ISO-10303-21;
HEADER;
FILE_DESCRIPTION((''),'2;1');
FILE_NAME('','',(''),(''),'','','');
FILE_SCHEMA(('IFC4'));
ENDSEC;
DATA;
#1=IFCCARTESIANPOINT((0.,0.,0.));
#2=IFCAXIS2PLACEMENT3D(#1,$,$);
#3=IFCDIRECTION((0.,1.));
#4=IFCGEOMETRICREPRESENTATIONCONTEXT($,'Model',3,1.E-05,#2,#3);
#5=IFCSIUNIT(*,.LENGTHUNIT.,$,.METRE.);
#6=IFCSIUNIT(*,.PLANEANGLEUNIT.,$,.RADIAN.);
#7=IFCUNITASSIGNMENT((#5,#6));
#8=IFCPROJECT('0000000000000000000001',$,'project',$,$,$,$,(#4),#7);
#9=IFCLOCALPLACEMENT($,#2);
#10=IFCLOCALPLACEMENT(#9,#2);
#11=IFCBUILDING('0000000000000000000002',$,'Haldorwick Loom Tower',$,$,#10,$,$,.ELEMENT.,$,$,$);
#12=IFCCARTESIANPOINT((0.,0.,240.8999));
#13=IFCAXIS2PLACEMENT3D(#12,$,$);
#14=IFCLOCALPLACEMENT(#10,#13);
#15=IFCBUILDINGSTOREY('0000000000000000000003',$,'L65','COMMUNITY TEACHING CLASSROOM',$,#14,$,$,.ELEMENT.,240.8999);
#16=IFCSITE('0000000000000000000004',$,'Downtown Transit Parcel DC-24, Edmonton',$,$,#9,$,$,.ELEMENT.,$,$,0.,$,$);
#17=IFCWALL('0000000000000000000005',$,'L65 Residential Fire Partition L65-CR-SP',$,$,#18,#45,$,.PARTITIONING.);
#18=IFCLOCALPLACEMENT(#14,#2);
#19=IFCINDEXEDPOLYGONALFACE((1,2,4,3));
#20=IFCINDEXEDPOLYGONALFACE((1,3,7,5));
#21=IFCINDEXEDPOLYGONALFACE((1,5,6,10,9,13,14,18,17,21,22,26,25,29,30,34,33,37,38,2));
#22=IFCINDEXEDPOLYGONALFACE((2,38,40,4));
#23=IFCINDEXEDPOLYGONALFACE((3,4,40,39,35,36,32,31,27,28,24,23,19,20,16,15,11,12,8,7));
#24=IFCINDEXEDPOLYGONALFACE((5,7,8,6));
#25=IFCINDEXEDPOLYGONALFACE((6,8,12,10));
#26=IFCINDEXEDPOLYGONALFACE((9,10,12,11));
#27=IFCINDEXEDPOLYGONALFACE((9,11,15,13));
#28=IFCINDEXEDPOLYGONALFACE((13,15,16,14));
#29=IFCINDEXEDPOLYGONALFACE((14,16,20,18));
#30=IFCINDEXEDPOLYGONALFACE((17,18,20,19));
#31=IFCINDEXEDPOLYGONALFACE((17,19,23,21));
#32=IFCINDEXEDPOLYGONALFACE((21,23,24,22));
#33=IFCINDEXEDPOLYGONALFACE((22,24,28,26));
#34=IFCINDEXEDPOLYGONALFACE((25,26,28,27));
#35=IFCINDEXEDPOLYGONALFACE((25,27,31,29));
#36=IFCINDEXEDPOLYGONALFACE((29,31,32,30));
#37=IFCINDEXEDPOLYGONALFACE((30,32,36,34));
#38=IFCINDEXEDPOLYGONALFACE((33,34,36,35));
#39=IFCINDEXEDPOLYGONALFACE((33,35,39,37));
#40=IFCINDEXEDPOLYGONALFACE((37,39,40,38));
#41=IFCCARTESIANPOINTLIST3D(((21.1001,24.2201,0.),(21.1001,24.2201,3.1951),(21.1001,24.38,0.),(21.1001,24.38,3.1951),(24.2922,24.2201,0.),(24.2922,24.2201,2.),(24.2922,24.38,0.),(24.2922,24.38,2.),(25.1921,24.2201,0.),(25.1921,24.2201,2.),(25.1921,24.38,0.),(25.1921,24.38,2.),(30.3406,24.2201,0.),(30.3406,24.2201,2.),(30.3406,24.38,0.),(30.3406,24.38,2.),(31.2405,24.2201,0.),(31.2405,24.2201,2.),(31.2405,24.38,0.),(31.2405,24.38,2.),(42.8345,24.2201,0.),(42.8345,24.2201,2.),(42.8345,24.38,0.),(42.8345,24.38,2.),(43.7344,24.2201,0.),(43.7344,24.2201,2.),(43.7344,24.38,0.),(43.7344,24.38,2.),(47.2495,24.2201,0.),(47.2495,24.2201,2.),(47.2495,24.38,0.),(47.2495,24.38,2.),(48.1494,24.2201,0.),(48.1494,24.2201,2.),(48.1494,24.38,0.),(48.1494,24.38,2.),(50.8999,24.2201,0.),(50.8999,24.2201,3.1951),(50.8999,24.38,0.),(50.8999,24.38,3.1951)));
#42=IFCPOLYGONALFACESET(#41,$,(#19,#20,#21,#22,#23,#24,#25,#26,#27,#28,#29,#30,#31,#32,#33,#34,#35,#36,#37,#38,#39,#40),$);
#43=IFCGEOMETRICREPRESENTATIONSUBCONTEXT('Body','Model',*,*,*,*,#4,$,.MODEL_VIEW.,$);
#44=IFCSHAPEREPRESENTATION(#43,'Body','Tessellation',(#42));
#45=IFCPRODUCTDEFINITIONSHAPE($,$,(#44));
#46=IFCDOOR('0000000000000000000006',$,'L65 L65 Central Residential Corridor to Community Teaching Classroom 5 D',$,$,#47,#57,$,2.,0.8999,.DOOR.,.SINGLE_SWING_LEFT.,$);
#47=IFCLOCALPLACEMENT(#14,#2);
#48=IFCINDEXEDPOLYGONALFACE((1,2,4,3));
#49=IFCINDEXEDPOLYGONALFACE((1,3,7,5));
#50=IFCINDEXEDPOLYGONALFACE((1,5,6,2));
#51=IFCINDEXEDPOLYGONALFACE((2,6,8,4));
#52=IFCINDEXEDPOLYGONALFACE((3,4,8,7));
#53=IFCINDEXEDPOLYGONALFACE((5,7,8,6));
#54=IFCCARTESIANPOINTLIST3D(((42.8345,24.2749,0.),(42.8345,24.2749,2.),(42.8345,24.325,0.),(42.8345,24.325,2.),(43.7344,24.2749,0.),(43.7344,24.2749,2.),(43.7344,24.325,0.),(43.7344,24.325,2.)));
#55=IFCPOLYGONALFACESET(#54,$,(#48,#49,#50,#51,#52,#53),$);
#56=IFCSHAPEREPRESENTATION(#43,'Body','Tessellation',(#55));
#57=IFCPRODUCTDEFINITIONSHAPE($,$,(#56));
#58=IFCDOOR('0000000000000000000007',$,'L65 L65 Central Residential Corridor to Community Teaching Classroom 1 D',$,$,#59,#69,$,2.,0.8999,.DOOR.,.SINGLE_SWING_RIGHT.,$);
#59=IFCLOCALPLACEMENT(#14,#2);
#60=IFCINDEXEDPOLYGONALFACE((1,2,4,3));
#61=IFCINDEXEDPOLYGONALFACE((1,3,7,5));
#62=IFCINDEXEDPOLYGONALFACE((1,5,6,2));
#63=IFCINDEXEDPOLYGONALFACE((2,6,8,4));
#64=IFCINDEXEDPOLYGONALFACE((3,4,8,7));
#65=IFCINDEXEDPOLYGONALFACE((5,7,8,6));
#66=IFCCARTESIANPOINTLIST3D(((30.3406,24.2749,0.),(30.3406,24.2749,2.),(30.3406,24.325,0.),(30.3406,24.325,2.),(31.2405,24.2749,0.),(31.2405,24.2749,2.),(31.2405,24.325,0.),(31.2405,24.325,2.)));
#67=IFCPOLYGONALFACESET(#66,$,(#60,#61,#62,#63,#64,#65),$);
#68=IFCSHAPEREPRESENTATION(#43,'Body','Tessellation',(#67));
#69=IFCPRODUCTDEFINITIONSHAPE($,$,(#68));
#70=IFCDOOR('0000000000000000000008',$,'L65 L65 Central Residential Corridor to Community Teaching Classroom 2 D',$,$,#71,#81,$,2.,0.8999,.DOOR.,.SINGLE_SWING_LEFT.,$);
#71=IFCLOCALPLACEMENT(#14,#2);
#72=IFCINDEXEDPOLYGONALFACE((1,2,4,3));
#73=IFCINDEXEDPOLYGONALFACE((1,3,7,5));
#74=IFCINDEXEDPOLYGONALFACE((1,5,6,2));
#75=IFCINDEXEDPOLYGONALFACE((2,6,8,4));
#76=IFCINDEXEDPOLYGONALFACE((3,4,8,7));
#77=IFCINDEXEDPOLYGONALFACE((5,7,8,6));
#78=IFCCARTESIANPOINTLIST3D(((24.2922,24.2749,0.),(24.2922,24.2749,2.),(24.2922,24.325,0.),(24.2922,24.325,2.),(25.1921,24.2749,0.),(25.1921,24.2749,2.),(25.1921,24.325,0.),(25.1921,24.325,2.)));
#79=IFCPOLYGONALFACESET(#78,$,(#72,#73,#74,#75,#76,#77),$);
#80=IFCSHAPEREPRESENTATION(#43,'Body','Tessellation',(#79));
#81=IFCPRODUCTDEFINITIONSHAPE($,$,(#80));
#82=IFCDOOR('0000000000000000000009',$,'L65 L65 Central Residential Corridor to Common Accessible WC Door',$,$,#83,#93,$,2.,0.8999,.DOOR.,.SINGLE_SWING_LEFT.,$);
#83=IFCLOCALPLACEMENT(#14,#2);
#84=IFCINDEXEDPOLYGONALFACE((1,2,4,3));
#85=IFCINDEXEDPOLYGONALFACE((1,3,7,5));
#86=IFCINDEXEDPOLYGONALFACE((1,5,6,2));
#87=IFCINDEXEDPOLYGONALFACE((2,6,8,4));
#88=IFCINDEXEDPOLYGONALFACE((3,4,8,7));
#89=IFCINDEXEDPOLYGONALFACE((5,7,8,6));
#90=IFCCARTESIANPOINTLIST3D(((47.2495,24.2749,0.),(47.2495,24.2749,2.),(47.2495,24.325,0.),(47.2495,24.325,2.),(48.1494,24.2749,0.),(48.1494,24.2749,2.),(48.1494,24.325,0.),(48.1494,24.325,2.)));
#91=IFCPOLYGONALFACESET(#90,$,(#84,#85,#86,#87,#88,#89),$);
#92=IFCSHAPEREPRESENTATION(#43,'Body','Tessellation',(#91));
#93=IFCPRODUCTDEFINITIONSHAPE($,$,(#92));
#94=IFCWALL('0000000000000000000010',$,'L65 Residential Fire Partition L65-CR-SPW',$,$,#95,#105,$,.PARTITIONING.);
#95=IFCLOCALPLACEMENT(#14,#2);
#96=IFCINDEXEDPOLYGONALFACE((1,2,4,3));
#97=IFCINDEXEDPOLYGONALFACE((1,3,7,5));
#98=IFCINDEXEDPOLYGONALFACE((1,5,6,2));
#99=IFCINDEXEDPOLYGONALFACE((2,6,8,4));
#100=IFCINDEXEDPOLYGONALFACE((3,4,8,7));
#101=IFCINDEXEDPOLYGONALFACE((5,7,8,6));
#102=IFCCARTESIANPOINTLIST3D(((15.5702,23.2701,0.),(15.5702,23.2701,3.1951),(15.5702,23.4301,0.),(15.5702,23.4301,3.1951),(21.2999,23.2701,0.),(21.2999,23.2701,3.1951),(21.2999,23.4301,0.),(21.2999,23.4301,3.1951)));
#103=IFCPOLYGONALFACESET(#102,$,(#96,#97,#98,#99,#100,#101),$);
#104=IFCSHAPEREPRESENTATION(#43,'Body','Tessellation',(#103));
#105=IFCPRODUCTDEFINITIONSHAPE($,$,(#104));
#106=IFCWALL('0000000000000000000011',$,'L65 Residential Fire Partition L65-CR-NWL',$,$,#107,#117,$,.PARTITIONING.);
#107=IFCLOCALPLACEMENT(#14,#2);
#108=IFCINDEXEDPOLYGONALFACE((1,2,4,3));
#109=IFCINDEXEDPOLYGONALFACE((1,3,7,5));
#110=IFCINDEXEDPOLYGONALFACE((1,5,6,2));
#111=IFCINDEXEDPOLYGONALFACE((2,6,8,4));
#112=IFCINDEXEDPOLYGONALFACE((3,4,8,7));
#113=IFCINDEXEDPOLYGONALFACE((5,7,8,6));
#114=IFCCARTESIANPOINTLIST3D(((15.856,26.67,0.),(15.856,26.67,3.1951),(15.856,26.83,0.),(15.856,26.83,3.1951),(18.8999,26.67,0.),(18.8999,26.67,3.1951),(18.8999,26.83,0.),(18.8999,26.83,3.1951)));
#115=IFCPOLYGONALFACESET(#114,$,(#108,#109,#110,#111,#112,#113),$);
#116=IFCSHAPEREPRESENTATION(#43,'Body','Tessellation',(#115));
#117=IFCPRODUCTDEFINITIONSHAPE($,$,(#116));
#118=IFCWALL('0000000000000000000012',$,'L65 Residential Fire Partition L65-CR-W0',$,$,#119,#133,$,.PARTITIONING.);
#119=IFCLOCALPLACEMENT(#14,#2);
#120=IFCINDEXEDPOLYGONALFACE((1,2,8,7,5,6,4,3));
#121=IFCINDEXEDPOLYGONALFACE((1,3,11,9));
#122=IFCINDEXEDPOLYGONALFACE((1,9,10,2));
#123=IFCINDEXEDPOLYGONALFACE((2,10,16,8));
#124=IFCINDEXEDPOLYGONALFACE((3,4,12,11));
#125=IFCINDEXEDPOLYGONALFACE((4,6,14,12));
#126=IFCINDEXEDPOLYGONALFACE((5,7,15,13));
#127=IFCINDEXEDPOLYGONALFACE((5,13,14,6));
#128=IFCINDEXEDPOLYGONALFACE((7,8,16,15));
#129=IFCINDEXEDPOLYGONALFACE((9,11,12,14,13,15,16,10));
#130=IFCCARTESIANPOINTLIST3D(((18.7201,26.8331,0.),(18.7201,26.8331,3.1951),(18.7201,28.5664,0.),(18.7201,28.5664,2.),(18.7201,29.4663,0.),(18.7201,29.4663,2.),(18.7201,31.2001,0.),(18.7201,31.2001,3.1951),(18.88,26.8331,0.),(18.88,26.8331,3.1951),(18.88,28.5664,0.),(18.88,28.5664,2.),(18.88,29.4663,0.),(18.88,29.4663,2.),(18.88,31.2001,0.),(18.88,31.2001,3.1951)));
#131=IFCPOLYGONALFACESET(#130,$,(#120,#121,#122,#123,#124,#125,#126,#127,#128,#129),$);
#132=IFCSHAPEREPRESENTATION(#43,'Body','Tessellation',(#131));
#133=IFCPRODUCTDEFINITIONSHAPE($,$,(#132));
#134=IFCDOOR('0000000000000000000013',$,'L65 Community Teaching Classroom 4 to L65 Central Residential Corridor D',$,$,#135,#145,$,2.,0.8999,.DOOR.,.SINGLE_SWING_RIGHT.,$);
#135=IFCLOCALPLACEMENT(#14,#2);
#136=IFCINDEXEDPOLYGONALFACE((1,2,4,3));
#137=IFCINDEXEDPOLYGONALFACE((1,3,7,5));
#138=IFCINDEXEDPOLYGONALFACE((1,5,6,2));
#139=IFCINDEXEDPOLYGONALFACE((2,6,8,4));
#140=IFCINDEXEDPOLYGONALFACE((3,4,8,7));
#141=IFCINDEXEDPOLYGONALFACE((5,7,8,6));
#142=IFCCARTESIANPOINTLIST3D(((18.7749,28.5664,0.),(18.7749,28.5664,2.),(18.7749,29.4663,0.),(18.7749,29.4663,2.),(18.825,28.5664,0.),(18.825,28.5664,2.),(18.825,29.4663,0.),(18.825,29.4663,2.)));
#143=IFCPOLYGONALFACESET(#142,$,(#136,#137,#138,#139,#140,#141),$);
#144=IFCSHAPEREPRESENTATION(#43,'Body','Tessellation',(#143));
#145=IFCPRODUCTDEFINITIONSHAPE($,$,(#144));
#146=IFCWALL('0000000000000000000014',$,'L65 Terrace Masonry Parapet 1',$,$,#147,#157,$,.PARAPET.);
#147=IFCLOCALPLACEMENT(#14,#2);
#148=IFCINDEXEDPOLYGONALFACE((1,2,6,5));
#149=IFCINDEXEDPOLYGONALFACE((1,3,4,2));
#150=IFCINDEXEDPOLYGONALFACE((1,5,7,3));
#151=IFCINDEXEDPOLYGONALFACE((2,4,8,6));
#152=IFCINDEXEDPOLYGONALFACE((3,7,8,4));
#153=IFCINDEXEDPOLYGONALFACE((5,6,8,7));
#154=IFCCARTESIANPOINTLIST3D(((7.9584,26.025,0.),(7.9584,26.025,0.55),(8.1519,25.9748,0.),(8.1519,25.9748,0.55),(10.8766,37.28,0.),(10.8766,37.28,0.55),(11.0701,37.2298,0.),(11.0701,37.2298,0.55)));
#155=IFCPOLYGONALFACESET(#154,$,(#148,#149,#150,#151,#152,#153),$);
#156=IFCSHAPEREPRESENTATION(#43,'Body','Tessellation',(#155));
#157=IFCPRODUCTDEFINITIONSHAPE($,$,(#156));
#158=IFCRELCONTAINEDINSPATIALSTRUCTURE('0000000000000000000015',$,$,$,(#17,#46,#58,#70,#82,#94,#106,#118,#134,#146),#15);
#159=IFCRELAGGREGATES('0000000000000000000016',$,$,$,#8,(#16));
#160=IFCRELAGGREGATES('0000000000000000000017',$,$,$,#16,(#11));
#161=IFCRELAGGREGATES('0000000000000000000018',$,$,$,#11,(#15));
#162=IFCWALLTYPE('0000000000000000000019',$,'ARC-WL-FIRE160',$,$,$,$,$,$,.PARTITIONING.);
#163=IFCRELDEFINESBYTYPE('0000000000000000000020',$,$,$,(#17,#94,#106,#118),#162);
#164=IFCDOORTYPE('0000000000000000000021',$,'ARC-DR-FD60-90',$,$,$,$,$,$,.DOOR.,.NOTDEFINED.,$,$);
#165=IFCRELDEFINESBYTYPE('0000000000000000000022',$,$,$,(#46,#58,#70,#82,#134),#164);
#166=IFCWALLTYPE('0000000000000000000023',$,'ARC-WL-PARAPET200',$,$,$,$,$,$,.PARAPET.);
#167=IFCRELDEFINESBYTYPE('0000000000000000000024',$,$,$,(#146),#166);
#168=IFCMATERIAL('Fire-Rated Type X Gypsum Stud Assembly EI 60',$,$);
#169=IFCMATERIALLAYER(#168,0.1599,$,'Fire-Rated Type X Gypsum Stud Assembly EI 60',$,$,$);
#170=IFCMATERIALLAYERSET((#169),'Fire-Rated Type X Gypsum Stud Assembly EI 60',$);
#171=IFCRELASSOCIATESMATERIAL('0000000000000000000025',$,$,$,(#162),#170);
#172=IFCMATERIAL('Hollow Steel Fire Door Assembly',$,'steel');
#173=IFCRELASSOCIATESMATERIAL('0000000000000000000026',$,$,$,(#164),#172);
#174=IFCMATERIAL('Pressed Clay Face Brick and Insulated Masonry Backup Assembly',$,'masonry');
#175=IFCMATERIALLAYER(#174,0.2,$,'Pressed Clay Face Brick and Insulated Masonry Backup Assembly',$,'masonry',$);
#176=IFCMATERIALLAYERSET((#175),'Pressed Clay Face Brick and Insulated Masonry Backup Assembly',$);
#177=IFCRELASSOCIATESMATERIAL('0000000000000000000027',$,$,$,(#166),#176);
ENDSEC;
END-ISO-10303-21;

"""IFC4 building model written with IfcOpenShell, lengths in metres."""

from ifc_helpers import new_model, si_unit, direction, frame, frame_2d, origin, place, context, subcontext, project, spatial, rectangle, extrude, material, layer, layer_set, type_object, element, fill, save


model = new_model("IFC4")

# Units and contexts
model_context = context("Model", 3, precision=1e-05, world=origin(), true_north=direction((0.0, 1.0)))
body_context = subcontext(model_context, "Body", "Model", "MODEL_VIEW")
ifc_project = project(units=[si_unit("LENGTHUNIT", "METRE"), si_unit("PLANEANGLEUNIT", "RADIAN")], contexts=[model_context])

# Site, building, storey
site_placement = place(None, origin())
site = spatial("IfcSite", under=ifc_project, at=site_placement, Name="Downtown Transit Parcel DC-24, Edmonton", CompositionType="ELEMENT", RefElevation=0.0)
building_placement = place(site_placement, origin())
building = spatial("IfcBuilding", under=site, at=building_placement, Name="Haldorwick Loom Tower", CompositionType="ELEMENT")
storey_placement = place(building_placement, frame((0.0, 0.0, 240.8999)))
storey = spatial("IfcBuildingStorey", under=building, at=storey_placement, Name="L65", Description="COMMUNITY TEACHING CLASSROOM", CompositionType="ELEMENT", Elevation=240.8999)

# Shared definitions
ifc_material_1 = material(Name="Pressed Clay Face Brick and Insulated Masonry Backup Assembly", Category="masonry")

# Wall, openings, doors
ifc_material_2 = material(Name="Fire-Rated Type X Gypsum Stud Assembly EI 60")
ifc_layer_1 = layer(ifc_material_2, 0.1599, Name="Fire-Rated Type X Gypsum Stud Assembly EI 60")
ifc_layer_set_1 = layer_set([ifc_layer_1], Name="Fire-Rated Type X Gypsum Stud Assembly EI 60")
wall_type_1 = type_object("IfcWallType", Name="ARC-WL-FIRE160", PredefinedType="PARTITIONING", material=ifc_layer_set_1)
wall_1_placement = place(storey_placement, frame((21.1001, 24.3, 0.0), z_axis=(0.0, 0.0, 1.0), x_axis=(1.0, 0.0, 0.0)))
wall_1 = element("IfcWall", 1, at=wall_1_placement, inside=storey, type_object=wall_type_1, Name="L65 Residential Fire Partition L65-CR-SP", PredefinedType="PARTITIONING", context=body_context, shape_type="SweptSolid", body=[
    extrude(rectangle(XDim=29.7998, YDim=0.1599, at=frame_2d((14.8999, 0.0))), origin(), (0.0, 0.0, 1.0), 3.1951),
])
opening_1_placement = place(wall_1_placement, frame((21.7344, 0.0, 0.0)))
opening_1 = element("IfcOpeningElement", 2, at=opening_1_placement, cuts=wall_1, PredefinedType="OPENING", context=body_context, shape_type="SweptSolid", body=[
    extrude(rectangle(XDim=0.8999, YDim=2.0, at=frame_2d((0.45, 1.0))), frame((0.0, 0.0898, 0.0), z_axis=(0.0, -1.0, 0.0), x_axis=(1.0, 0.0, 0.0)), (0.0, 0.0, 1.0), 0.1799),
])
opening_2_placement = place(wall_1_placement, frame((9.2405, 0.0, 0.0)))
opening_2 = element("IfcOpeningElement", 3, at=opening_2_placement, cuts=wall_1, PredefinedType="OPENING", context=body_context, shape_type="SweptSolid", body=[
    extrude(rectangle(XDim=0.8999, YDim=2.0, at=frame_2d((0.45, 1.0))), frame((0.0, 0.0898, 0.0), z_axis=(0.0, -1.0, 0.0), x_axis=(1.0, 0.0, 0.0)), (0.0, 0.0, 1.0), 0.1799),
])
opening_3_placement = place(wall_1_placement, frame((3.1921, 0.0, 0.0)))
opening_3 = element("IfcOpeningElement", 4, at=opening_3_placement, cuts=wall_1, PredefinedType="OPENING", context=body_context, shape_type="SweptSolid", body=[
    extrude(rectangle(XDim=0.8999, YDim=2.0, at=frame_2d((0.45, 1.0))), frame((0.0, 0.0898, 0.0), z_axis=(0.0, -1.0, 0.0), x_axis=(1.0, 0.0, 0.0)), (0.0, 0.0, 1.0), 0.1799),
])
opening_4_placement = place(wall_1_placement, frame((26.1494, 0.0, 0.0)))
opening_4 = element("IfcOpeningElement", 5, at=opening_4_placement, cuts=wall_1, PredefinedType="OPENING", context=body_context, shape_type="SweptSolid", body=[
    extrude(rectangle(XDim=0.8999, YDim=2.0, at=frame_2d((0.45, 1.0))), frame((0.0, 0.0898, 0.0), z_axis=(0.0, -1.0, 0.0), x_axis=(1.0, 0.0, 0.0)), (0.0, 0.0, 1.0), 0.1799),
])
ifc_material_3 = material(Name="Hollow Steel Fire Door Assembly", Category="steel")
door_type = type_object("IfcDoorType", Name="ARC-DR-FD60-90", OperationType="NOTDEFINED", PredefinedType="DOOR", material=ifc_material_3)
door_1_placement = place(opening_1_placement, origin())
door_1 = element("IfcDoor", 6, at=door_1_placement, inside=storey, type_object=door_type, Name="L65 L65 Central Residential Corridor to Community Teaching Classroom 5 D", OperationType="SINGLE_SWING_LEFT", OverallHeight=2.0, OverallWidth=0.8999, PredefinedType="DOOR", context=body_context, shape_type="SweptSolid", body=[
    extrude(rectangle(XDim=0.8999, YDim=2.0, at=frame_2d((0.45, 1.0))), frame((0.0, 0.0249, 0.0), z_axis=(0.0, -1.0, 0.0), x_axis=(1.0, 0.0, 0.0)), (0.0, 0.0, 1.0), 0.05),
])
fill(opening_1, door_1)
door_2_placement = place(opening_2_placement, origin())
door_2 = element("IfcDoor", 7, at=door_2_placement, inside=storey, type_object=door_type, Name="L65 L65 Central Residential Corridor to Community Teaching Classroom 1 D", OperationType="SINGLE_SWING_RIGHT", OverallHeight=2.0, OverallWidth=0.8999, PredefinedType="DOOR", context=body_context, shape_type="SweptSolid", body=[
    extrude(rectangle(XDim=0.8999, YDim=2.0, at=frame_2d((0.45, 1.0))), frame((0.0, 0.0249, 0.0), z_axis=(0.0, -1.0, 0.0), x_axis=(1.0, 0.0, 0.0)), (0.0, 0.0, 1.0), 0.05),
])
fill(opening_2, door_2)
door_3_placement = place(opening_3_placement, origin())
door_3 = element("IfcDoor", 8, at=door_3_placement, inside=storey, type_object=door_type, Name="L65 L65 Central Residential Corridor to Community Teaching Classroom 2 D", OperationType="SINGLE_SWING_LEFT", OverallHeight=2.0, OverallWidth=0.8999, PredefinedType="DOOR", context=body_context, shape_type="SweptSolid", body=[
    extrude(rectangle(XDim=0.8999, YDim=2.0, at=frame_2d((0.45, 1.0))), frame((0.0, 0.0249, 0.0), z_axis=(0.0, -1.0, 0.0), x_axis=(1.0, 0.0, 0.0)), (0.0, 0.0, 1.0), 0.05),
])
fill(opening_3, door_3)
door_4_placement = place(opening_4_placement, origin())
door_4 = element("IfcDoor", 9, at=door_4_placement, inside=storey, type_object=door_type, Name="L65 L65 Central Residential Corridor to Common Accessible WC Door", OperationType="SINGLE_SWING_LEFT", OverallHeight=2.0, OverallWidth=0.8999, PredefinedType="DOOR", context=body_context, shape_type="SweptSolid", body=[
    extrude(rectangle(XDim=0.8999, YDim=2.0, at=frame_2d((0.45, 1.0))), frame((0.0, 0.0249, 0.0), z_axis=(0.0, -1.0, 0.0), x_axis=(1.0, 0.0, 0.0)), (0.0, 0.0, 1.0), 0.05),
])
fill(opening_4, door_4)

# Walls
wall_2_placement = place(storey_placement, frame((15.5703, 23.3501, 0.0), z_axis=(0.0, 0.0, 1.0), x_axis=(1.0, 0.0, 0.0)))
element("IfcWall", 10, at=wall_2_placement, inside=storey, type_object=wall_type_1, Name="L65 Residential Fire Partition L65-CR-SPW", PredefinedType="PARTITIONING", context=body_context, shape_type="SweptSolid", body=[
    extrude(rectangle(XDim=5.7297, YDim=0.1599, at=frame_2d((2.8647, 0.0))), origin(), (0.0, 0.0, 1.0), 3.1951),
])
wall_3_placement = place(storey_placement, frame((15.856, 26.75, 0.0), z_axis=(0.0, 0.0, 1.0), x_axis=(1.0, 0.0, 0.0)))
element("IfcWall", 11, at=wall_3_placement, inside=storey, type_object=wall_type_1, Name="L65 Residential Fire Partition L65-CR-NWL", PredefinedType="PARTITIONING", context=body_context, shape_type="SweptSolid", body=[
    extrude(rectangle(XDim=3.0439, YDim=0.1599, at=frame_2d((1.522, 0.0))), origin(), (0.0, 0.0, 1.0), 3.1951),
])

# Wall, opening, door
wall_4_placement = place(storey_placement, frame((18.8, 26.833, 0.0), z_axis=(0.0, 0.0, 1.0), x_axis=(0.0, 1.0, 0.0)))
wall_4 = element("IfcWall", 12, at=wall_4_placement, inside=storey, type_object=wall_type_1, Name="L65 Residential Fire Partition L65-CR-W0", PredefinedType="PARTITIONING", context=body_context, shape_type="SweptSolid", body=[
    extrude(rectangle(XDim=4.3669, YDim=0.1599, at=frame_2d((2.1836, 0.0))), origin(), (0.0, 0.0, 1.0), 3.1951),
])
opening_5_placement = place(wall_4_placement, frame((1.7334, 0.0, 0.0)))
opening_5 = element("IfcOpeningElement", 13, at=opening_5_placement, cuts=wall_4, PredefinedType="OPENING", context=body_context, shape_type="SweptSolid", body=[
    extrude(rectangle(XDim=0.8999, YDim=2.0, at=frame_2d((0.45, 1.0))), frame((0.0, 0.0898, 0.0), z_axis=(0.0, -1.0, 0.0), x_axis=(1.0, 0.0, 0.0)), (0.0, 0.0, 1.0), 0.1799),
])
door_5_placement = place(opening_5_placement, frame((0.8999, 0.0, 0.0), z_axis=(0.0, 0.0, 1.0), x_axis=(-1.0, 0.0, 0.0)))
door_5 = element("IfcDoor", 14, at=door_5_placement, inside=storey, type_object=door_type, Name="L65 Community Teaching Classroom 4 to L65 Central Residential Corridor D", OperationType="SINGLE_SWING_RIGHT", OverallHeight=2.0, OverallWidth=0.8999, PredefinedType="DOOR", context=body_context, shape_type="SweptSolid", body=[
    extrude(rectangle(XDim=0.8999, YDim=2.0, at=frame_2d((0.45, 1.0))), frame((0.0, 0.0249, 0.0), z_axis=(0.0, -1.0, 0.0), x_axis=(1.0, 0.0, 0.0)), (0.0, 0.0, 1.0), 0.05),
])
fill(opening_5, door_5)

# Wall
ifc_layer_2 = layer(ifc_material_1, 0.2, Name="Pressed Clay Face Brick and Insulated Masonry Backup Assembly", Category="masonry")
ifc_layer_set_2 = layer_set([ifc_layer_2], Name="Pressed Clay Face Brick and Insulated Masonry Backup Assembly")
wall_type_2 = type_object("IfcWallType", Name="ARC-WL-PARAPET200", PredefinedType="PARAPET", material=ifc_layer_set_2)
wall_5_placement = place(storey_placement, frame((8.0552, 26.0, 0.0), z_axis=(0.0, 0.0, 1.0), x_axis=(0.25098, 0.967992, 0.0)))
element("IfcWall", 15, at=wall_5_placement, inside=storey, type_object=wall_type_2, Name="L65 Terrace Masonry Parapet 1", PredefinedType="PARAPET", context=body_context, shape_type="SweptSolid", body=[
    extrude(rectangle(XDim=11.6272, YDim=0.2, at=frame_2d((5.8135, 0.0))), origin(), (0.0, 0.0, 1.0), 0.55),
])

save(model, "model.ifc")
